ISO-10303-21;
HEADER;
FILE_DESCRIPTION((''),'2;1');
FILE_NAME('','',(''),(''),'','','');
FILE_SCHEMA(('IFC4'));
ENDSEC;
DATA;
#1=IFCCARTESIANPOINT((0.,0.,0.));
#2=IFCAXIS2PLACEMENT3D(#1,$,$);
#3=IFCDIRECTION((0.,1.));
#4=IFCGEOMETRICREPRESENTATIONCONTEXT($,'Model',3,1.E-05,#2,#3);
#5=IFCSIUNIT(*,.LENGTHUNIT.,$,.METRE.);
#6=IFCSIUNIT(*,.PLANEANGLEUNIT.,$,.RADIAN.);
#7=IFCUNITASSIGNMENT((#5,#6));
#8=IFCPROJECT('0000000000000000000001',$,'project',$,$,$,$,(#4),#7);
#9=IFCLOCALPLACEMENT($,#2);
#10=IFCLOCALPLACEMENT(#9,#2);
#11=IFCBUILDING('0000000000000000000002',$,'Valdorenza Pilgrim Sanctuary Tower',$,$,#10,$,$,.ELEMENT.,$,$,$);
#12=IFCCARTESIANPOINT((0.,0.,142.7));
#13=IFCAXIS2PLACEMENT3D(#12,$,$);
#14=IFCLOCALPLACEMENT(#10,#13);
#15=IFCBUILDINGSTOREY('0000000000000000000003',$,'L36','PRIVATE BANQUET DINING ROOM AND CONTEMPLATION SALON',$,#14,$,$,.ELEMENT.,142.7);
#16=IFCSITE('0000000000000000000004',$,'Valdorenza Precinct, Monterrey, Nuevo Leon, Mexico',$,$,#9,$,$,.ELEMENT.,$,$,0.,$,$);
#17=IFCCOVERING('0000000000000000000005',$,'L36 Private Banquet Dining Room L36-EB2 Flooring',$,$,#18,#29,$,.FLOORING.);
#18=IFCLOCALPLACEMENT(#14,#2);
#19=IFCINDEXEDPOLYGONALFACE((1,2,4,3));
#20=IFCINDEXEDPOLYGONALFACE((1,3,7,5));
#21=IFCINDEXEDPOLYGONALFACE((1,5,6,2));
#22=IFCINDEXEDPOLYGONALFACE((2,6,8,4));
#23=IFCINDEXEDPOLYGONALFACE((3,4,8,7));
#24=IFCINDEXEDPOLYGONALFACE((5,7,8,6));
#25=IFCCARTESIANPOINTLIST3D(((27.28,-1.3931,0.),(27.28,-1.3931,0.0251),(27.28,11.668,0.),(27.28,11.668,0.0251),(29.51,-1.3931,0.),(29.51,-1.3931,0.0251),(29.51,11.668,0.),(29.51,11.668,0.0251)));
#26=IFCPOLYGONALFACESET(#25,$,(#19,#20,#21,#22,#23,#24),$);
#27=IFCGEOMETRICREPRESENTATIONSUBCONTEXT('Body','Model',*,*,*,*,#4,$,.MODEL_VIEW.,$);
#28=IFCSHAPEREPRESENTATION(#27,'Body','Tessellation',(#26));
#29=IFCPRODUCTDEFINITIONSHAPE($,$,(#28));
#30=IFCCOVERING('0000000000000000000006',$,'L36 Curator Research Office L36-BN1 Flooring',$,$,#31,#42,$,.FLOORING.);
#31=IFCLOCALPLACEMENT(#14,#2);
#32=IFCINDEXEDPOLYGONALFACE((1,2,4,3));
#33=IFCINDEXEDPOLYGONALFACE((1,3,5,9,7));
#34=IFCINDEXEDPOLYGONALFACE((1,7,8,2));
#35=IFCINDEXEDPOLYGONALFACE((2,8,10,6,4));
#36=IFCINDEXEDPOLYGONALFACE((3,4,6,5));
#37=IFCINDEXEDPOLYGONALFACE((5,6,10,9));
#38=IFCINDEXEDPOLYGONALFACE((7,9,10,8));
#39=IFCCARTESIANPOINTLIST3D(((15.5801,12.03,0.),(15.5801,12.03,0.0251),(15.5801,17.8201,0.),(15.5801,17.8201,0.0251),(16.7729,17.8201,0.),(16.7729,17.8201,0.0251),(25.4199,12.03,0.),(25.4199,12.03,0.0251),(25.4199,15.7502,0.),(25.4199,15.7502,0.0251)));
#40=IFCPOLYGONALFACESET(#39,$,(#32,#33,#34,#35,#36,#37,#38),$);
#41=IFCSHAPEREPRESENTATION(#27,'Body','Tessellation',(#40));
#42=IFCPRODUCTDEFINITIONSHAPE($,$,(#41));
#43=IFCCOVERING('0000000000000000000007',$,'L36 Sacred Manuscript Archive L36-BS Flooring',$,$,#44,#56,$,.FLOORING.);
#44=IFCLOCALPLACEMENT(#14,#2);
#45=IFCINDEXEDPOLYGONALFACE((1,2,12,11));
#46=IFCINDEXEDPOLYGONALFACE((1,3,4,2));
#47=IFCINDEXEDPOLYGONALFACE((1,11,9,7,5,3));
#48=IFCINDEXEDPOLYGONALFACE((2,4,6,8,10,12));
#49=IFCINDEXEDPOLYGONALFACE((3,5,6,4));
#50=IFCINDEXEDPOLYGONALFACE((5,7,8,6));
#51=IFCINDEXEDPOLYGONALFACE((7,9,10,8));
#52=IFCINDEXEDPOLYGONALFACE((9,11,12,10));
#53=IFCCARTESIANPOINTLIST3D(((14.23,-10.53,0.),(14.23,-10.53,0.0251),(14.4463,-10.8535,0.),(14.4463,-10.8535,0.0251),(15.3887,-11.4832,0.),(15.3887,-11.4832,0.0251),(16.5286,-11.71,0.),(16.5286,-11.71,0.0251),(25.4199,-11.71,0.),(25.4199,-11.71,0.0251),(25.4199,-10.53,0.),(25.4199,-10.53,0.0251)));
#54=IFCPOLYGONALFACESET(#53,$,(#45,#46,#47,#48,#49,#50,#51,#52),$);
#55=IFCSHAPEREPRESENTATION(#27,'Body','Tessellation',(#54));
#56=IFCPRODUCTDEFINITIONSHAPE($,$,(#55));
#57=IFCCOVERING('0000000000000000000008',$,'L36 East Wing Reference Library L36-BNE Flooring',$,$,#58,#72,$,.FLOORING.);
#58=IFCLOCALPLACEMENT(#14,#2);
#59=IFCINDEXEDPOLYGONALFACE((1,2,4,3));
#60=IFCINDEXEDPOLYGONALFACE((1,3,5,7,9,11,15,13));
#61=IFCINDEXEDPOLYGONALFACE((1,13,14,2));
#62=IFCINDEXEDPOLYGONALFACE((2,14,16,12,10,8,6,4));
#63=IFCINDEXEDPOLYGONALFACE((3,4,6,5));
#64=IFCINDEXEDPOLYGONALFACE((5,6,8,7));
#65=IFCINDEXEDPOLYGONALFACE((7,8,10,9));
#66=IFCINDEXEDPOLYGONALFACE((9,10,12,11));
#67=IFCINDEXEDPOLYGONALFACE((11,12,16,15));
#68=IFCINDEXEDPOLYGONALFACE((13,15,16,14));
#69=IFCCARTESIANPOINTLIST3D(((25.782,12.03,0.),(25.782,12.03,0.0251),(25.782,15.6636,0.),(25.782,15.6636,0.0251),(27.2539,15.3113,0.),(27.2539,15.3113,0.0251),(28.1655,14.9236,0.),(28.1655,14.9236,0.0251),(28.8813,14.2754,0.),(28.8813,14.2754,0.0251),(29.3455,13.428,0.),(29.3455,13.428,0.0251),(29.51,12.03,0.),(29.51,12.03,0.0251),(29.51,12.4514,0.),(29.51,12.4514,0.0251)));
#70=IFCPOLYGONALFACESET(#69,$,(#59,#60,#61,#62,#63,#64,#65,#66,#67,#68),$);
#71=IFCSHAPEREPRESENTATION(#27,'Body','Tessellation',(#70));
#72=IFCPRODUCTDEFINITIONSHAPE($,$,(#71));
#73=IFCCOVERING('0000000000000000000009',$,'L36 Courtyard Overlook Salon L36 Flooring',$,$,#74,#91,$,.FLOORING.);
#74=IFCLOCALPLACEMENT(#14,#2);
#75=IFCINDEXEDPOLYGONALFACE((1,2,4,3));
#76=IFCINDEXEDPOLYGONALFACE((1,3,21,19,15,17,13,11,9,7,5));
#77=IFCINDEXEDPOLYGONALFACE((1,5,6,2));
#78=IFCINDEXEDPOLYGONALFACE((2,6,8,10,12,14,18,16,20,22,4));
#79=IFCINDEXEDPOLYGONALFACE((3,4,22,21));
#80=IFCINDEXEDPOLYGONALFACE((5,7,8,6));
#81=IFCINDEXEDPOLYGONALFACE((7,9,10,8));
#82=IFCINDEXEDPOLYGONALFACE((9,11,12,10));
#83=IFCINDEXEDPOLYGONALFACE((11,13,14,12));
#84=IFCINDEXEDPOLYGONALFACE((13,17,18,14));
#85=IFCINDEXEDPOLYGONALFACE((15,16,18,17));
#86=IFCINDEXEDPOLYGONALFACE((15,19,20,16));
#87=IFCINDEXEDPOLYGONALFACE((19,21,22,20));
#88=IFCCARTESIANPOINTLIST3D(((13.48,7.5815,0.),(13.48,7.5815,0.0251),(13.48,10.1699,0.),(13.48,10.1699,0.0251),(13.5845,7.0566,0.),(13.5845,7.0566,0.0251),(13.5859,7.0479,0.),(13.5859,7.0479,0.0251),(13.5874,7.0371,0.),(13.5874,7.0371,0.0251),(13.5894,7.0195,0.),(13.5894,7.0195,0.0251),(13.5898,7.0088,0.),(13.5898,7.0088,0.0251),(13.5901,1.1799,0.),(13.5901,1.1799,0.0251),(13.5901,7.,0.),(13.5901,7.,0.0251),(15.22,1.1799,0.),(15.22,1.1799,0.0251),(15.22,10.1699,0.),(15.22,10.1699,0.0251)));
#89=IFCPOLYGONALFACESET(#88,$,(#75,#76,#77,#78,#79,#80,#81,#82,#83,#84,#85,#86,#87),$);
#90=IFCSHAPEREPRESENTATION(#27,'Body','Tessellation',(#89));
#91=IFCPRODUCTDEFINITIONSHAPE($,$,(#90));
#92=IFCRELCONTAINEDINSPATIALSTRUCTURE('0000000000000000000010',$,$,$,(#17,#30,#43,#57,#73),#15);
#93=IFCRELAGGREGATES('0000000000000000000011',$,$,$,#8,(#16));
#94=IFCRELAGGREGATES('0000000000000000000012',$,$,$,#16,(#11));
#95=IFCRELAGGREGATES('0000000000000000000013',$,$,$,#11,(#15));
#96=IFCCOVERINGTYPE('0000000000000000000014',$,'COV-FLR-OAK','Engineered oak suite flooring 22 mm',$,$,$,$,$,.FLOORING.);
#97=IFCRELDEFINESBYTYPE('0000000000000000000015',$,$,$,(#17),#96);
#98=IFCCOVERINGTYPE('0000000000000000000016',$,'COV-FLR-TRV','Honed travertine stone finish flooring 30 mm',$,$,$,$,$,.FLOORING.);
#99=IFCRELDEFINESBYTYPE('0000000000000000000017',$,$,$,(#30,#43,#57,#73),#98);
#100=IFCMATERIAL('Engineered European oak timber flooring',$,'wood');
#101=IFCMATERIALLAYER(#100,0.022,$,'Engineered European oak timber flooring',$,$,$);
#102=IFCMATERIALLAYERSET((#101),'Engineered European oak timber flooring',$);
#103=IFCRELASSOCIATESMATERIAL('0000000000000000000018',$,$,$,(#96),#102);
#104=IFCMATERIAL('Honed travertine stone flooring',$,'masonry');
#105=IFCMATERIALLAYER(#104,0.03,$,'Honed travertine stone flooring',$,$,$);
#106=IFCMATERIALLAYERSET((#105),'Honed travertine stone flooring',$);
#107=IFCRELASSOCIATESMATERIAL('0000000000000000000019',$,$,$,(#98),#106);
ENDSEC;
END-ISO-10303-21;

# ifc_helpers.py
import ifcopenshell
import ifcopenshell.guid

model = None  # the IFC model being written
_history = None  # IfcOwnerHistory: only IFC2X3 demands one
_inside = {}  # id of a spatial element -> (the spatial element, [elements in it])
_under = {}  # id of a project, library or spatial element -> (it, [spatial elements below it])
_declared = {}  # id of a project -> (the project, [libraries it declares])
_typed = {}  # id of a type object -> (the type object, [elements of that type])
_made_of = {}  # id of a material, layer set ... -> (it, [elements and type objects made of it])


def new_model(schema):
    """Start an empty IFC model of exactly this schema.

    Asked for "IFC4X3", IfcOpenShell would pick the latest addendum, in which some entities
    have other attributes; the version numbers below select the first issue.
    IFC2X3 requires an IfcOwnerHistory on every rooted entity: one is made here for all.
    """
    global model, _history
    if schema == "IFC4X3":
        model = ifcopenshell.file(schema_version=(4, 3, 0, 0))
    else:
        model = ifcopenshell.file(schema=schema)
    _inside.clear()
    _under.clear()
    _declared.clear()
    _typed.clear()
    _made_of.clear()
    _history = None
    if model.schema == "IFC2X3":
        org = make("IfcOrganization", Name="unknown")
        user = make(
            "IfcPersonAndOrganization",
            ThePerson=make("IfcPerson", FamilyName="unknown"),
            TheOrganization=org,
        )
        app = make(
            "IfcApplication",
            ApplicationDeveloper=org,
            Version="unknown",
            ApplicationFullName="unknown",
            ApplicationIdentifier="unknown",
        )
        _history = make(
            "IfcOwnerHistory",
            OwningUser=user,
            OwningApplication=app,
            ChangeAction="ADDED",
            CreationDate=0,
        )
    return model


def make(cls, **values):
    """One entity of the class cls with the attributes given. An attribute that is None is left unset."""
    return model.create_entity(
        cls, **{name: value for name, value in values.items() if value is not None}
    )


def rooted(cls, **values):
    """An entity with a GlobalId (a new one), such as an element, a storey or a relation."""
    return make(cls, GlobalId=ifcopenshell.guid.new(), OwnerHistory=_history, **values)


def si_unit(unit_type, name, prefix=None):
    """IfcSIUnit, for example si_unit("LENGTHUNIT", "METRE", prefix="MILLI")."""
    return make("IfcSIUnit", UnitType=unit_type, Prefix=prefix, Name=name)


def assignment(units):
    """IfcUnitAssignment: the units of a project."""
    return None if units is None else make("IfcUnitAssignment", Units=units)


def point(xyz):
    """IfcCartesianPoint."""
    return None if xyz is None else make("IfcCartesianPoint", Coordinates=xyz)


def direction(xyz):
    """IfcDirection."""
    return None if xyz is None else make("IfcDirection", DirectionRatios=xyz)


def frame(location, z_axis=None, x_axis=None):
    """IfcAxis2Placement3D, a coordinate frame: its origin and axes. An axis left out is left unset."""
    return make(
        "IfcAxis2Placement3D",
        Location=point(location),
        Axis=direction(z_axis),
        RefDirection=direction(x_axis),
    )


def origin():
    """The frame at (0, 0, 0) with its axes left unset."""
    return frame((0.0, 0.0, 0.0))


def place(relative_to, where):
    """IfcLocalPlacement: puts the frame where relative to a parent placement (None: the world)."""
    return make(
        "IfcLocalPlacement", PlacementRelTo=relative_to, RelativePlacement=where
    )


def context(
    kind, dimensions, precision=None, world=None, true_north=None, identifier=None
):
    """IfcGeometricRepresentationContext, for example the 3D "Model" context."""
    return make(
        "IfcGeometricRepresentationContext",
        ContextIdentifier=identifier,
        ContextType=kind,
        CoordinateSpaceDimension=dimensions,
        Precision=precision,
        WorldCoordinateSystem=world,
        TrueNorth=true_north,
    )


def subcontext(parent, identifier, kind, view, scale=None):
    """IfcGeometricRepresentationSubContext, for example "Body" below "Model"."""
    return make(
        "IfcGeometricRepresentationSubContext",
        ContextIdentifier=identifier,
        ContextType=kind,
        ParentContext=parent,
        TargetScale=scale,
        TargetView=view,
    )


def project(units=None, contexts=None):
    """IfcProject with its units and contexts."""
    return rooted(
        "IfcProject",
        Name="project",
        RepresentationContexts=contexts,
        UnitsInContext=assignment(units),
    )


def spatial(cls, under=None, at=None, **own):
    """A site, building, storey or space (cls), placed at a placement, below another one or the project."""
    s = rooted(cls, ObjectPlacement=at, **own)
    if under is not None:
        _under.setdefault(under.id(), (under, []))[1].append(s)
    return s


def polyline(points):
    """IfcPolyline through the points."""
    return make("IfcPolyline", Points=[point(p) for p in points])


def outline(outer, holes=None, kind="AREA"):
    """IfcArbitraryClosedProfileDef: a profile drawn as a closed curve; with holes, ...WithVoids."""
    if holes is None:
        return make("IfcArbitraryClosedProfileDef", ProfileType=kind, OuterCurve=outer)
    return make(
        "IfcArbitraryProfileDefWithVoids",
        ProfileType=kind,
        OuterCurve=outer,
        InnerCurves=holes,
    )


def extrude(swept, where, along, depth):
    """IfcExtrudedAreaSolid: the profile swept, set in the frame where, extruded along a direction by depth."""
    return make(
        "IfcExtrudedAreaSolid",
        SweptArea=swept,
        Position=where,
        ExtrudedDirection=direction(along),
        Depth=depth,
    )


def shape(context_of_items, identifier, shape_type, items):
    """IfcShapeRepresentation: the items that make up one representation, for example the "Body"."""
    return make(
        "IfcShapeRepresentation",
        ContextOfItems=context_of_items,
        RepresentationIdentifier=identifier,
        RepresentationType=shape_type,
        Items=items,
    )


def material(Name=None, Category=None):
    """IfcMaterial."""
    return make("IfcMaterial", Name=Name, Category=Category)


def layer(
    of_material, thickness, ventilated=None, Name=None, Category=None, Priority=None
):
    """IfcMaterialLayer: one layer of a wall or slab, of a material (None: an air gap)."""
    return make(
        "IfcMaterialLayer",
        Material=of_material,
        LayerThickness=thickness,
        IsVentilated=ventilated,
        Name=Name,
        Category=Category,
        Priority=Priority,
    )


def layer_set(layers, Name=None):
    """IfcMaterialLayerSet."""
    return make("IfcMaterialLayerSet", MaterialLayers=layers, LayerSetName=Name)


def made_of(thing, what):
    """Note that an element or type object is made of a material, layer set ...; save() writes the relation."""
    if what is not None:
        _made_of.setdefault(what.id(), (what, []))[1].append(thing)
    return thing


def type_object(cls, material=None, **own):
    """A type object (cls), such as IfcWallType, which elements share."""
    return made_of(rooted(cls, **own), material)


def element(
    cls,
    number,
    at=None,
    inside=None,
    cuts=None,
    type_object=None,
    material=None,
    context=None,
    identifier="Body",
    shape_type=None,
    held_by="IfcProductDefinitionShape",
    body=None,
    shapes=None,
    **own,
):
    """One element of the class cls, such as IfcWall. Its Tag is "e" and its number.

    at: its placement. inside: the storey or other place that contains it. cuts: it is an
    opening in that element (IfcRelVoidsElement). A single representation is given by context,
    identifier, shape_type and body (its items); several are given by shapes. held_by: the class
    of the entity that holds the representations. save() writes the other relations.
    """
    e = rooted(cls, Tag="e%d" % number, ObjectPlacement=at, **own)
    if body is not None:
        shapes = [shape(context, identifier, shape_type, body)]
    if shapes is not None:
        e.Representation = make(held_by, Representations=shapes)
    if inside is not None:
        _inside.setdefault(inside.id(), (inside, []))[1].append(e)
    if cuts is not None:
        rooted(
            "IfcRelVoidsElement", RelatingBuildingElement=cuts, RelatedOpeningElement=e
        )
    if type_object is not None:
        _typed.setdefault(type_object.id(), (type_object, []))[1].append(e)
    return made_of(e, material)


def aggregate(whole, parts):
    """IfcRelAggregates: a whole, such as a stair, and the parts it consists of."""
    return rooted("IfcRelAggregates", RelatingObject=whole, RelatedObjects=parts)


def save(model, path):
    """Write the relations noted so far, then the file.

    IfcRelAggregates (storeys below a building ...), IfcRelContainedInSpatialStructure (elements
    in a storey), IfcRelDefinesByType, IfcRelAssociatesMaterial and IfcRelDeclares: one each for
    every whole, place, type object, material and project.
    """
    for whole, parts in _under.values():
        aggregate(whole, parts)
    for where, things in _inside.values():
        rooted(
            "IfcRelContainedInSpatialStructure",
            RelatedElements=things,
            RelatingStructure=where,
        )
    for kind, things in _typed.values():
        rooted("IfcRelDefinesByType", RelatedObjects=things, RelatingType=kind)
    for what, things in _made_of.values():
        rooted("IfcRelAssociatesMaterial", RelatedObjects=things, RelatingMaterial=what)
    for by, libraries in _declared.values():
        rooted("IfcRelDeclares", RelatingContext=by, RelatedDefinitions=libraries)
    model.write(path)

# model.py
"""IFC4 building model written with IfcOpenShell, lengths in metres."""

from ifc_helpers import new_model, si_unit, direction, frame, origin, place, context, subcontext, project, spatial, polyline, outline, extrude, material, layer, layer_set, type_object, element, save


model = new_model("IFC4")

# Units and contexts
model_context = context("Model", 3, precision=1e-05, world=origin(), true_north=direction((0.0, 1.0)))
body_context = subcontext(model_context, "Body", "Model", "MODEL_VIEW")
ifc_project = project(units=[si_unit("LENGTHUNIT", "METRE"), si_unit("PLANEANGLEUNIT", "RADIAN")], contexts=[model_context])

# Site, building, storey
site_placement = place(None, origin())
site = spatial("IfcSite", under=ifc_project, at=site_placement, Name="Valdorenza Precinct, Monterrey, Nuevo Leon, Mexico", CompositionType="ELEMENT", RefElevation=0.0)
building_placement = place(site_placement, origin())
building = spatial("IfcBuilding", under=site, at=building_placement, Name="Valdorenza Pilgrim Sanctuary Tower", CompositionType="ELEMENT")
storey_placement = place(building_placement, frame((0.0, 0.0, 142.7)))
storey = spatial("IfcBuildingStorey", under=building, at=storey_placement, Name="L36", Description="PRIVATE BANQUET DINING ROOM AND CONTEMPLATION SALON", CompositionType="ELEMENT", Elevation=142.7)

# Coverings
ifc_material_1 = material(Name="Engineered European oak timber flooring", Category="wood")
ifc_layer_1 = layer(ifc_material_1, 0.022, Name="Engineered European oak timber flooring")
ifc_layer_set_1 = layer_set([ifc_layer_1], Name="Engineered European oak timber flooring")
covering_type_1 = type_object("IfcCoveringType", Name="COV-FLR-OAK", Description="Engineered oak suite flooring 22 mm", PredefinedType="FLOORING", material=ifc_layer_set_1)
covering_1_placement = place(storey_placement, origin())
element("IfcCovering", 1, at=covering_1_placement, inside=storey, type_object=covering_type_1, Name="L36 Private Banquet Dining Room L36-EB2 Flooring", PredefinedType="FLOORING", context=body_context, shape_type="SweptSolid", body=[
    extrude(outline(polyline([(27.28, 11.668), (29.51, 11.668), (29.51, -1.3931), (27.28, -1.3931), (27.28, 11.668)])), origin(), (0.0, 0.0, 1.0), 0.0251),
])
ifc_material_2 = material(Name="Honed travertine stone flooring", Category="masonry")
ifc_layer_2 = layer(ifc_material_2, 0.03, Name="Honed travertine stone flooring")
ifc_layer_set_2 = layer_set([ifc_layer_2], Name="Honed travertine stone flooring")
covering_type_2 = type_object("IfcCoveringType", Name="COV-FLR-TRV", Description="Honed travertine stone finish flooring 30 mm", PredefinedType="FLOORING", material=ifc_layer_set_2)
covering_2_placement = place(storey_placement, origin())
element("IfcCovering", 2, at=covering_2_placement, inside=storey, type_object=covering_type_2, Name="L36 Curator Research Office L36-BN1 Flooring", PredefinedType="FLOORING", context=body_context, shape_type="SweptSolid", body=[
    extrude(outline(polyline([(15.5801, 12.03), (15.5801, 17.8201), (16.7729, 17.8201), (25.4199, 15.7502), (25.4199, 12.03), (15.5801, 12.03)])), origin(), (0.0, 0.0, 1.0), 0.0251),
])
covering_3_placement = place(storey_placement, origin())
element("IfcCovering", 3, at=covering_3_placement, inside=storey, type_object=covering_type_2, Name="L36 Sacred Manuscript Archive L36-BS Flooring", PredefinedType="FLOORING", context=body_context, shape_type="SweptSolid", body=[
    extrude(outline(polyline([(25.4199, -11.71), (16.5286, -11.71), (15.3887, -11.4832), (14.4463, -10.8535), (14.23, -10.53), (25.4199, -10.53), (25.4199, -11.71)])), origin(), (0.0, 0.0, 1.0), 0.0251),
])
covering_4_placement = place(storey_placement, origin())
element("IfcCovering", 4, at=covering_4_placement, inside=storey, type_object=covering_type_2, Name="L36 East Wing Reference Library L36-BNE Flooring", PredefinedType="FLOORING", context=body_context, shape_type="SweptSolid", body=[
    extrude(outline(polyline([(27.2539, 15.3113), (28.1655, 14.9236), (28.8813, 14.2754), (29.3455, 13.428), (29.51, 12.4514), (29.51, 12.03), (25.782, 12.03), (25.782, 15.6636), (27.2539, 15.3113)])), origin(), (0.0, 0.0, 1.0), 0.0251),
])
covering_5_placement = place(storey_placement, origin())
element("IfcCovering", 5, at=covering_5_placement, inside=storey, type_object=covering_type_2, Name="L36 Courtyard Overlook Salon L36 Flooring", PredefinedType="FLOORING", context=body_context, shape_type="SweptSolid", body=[
    extrude(outline(polyline([(15.22, 10.1699), (15.22, 1.1799), (13.5901, 1.1799), (13.5901, 7.0), (13.5898, 7.0088), (13.5894, 7.0195), (13.5874, 7.0371), (13.5859, 7.0479), (13.5845, 7.0566), (13.48, 7.5815), (13.48, 10.1699), (15.22, 10.1699)])), origin(), (0.0, 0.0, 1.0), 0.0251),
])

save(model, "model.ifc")
